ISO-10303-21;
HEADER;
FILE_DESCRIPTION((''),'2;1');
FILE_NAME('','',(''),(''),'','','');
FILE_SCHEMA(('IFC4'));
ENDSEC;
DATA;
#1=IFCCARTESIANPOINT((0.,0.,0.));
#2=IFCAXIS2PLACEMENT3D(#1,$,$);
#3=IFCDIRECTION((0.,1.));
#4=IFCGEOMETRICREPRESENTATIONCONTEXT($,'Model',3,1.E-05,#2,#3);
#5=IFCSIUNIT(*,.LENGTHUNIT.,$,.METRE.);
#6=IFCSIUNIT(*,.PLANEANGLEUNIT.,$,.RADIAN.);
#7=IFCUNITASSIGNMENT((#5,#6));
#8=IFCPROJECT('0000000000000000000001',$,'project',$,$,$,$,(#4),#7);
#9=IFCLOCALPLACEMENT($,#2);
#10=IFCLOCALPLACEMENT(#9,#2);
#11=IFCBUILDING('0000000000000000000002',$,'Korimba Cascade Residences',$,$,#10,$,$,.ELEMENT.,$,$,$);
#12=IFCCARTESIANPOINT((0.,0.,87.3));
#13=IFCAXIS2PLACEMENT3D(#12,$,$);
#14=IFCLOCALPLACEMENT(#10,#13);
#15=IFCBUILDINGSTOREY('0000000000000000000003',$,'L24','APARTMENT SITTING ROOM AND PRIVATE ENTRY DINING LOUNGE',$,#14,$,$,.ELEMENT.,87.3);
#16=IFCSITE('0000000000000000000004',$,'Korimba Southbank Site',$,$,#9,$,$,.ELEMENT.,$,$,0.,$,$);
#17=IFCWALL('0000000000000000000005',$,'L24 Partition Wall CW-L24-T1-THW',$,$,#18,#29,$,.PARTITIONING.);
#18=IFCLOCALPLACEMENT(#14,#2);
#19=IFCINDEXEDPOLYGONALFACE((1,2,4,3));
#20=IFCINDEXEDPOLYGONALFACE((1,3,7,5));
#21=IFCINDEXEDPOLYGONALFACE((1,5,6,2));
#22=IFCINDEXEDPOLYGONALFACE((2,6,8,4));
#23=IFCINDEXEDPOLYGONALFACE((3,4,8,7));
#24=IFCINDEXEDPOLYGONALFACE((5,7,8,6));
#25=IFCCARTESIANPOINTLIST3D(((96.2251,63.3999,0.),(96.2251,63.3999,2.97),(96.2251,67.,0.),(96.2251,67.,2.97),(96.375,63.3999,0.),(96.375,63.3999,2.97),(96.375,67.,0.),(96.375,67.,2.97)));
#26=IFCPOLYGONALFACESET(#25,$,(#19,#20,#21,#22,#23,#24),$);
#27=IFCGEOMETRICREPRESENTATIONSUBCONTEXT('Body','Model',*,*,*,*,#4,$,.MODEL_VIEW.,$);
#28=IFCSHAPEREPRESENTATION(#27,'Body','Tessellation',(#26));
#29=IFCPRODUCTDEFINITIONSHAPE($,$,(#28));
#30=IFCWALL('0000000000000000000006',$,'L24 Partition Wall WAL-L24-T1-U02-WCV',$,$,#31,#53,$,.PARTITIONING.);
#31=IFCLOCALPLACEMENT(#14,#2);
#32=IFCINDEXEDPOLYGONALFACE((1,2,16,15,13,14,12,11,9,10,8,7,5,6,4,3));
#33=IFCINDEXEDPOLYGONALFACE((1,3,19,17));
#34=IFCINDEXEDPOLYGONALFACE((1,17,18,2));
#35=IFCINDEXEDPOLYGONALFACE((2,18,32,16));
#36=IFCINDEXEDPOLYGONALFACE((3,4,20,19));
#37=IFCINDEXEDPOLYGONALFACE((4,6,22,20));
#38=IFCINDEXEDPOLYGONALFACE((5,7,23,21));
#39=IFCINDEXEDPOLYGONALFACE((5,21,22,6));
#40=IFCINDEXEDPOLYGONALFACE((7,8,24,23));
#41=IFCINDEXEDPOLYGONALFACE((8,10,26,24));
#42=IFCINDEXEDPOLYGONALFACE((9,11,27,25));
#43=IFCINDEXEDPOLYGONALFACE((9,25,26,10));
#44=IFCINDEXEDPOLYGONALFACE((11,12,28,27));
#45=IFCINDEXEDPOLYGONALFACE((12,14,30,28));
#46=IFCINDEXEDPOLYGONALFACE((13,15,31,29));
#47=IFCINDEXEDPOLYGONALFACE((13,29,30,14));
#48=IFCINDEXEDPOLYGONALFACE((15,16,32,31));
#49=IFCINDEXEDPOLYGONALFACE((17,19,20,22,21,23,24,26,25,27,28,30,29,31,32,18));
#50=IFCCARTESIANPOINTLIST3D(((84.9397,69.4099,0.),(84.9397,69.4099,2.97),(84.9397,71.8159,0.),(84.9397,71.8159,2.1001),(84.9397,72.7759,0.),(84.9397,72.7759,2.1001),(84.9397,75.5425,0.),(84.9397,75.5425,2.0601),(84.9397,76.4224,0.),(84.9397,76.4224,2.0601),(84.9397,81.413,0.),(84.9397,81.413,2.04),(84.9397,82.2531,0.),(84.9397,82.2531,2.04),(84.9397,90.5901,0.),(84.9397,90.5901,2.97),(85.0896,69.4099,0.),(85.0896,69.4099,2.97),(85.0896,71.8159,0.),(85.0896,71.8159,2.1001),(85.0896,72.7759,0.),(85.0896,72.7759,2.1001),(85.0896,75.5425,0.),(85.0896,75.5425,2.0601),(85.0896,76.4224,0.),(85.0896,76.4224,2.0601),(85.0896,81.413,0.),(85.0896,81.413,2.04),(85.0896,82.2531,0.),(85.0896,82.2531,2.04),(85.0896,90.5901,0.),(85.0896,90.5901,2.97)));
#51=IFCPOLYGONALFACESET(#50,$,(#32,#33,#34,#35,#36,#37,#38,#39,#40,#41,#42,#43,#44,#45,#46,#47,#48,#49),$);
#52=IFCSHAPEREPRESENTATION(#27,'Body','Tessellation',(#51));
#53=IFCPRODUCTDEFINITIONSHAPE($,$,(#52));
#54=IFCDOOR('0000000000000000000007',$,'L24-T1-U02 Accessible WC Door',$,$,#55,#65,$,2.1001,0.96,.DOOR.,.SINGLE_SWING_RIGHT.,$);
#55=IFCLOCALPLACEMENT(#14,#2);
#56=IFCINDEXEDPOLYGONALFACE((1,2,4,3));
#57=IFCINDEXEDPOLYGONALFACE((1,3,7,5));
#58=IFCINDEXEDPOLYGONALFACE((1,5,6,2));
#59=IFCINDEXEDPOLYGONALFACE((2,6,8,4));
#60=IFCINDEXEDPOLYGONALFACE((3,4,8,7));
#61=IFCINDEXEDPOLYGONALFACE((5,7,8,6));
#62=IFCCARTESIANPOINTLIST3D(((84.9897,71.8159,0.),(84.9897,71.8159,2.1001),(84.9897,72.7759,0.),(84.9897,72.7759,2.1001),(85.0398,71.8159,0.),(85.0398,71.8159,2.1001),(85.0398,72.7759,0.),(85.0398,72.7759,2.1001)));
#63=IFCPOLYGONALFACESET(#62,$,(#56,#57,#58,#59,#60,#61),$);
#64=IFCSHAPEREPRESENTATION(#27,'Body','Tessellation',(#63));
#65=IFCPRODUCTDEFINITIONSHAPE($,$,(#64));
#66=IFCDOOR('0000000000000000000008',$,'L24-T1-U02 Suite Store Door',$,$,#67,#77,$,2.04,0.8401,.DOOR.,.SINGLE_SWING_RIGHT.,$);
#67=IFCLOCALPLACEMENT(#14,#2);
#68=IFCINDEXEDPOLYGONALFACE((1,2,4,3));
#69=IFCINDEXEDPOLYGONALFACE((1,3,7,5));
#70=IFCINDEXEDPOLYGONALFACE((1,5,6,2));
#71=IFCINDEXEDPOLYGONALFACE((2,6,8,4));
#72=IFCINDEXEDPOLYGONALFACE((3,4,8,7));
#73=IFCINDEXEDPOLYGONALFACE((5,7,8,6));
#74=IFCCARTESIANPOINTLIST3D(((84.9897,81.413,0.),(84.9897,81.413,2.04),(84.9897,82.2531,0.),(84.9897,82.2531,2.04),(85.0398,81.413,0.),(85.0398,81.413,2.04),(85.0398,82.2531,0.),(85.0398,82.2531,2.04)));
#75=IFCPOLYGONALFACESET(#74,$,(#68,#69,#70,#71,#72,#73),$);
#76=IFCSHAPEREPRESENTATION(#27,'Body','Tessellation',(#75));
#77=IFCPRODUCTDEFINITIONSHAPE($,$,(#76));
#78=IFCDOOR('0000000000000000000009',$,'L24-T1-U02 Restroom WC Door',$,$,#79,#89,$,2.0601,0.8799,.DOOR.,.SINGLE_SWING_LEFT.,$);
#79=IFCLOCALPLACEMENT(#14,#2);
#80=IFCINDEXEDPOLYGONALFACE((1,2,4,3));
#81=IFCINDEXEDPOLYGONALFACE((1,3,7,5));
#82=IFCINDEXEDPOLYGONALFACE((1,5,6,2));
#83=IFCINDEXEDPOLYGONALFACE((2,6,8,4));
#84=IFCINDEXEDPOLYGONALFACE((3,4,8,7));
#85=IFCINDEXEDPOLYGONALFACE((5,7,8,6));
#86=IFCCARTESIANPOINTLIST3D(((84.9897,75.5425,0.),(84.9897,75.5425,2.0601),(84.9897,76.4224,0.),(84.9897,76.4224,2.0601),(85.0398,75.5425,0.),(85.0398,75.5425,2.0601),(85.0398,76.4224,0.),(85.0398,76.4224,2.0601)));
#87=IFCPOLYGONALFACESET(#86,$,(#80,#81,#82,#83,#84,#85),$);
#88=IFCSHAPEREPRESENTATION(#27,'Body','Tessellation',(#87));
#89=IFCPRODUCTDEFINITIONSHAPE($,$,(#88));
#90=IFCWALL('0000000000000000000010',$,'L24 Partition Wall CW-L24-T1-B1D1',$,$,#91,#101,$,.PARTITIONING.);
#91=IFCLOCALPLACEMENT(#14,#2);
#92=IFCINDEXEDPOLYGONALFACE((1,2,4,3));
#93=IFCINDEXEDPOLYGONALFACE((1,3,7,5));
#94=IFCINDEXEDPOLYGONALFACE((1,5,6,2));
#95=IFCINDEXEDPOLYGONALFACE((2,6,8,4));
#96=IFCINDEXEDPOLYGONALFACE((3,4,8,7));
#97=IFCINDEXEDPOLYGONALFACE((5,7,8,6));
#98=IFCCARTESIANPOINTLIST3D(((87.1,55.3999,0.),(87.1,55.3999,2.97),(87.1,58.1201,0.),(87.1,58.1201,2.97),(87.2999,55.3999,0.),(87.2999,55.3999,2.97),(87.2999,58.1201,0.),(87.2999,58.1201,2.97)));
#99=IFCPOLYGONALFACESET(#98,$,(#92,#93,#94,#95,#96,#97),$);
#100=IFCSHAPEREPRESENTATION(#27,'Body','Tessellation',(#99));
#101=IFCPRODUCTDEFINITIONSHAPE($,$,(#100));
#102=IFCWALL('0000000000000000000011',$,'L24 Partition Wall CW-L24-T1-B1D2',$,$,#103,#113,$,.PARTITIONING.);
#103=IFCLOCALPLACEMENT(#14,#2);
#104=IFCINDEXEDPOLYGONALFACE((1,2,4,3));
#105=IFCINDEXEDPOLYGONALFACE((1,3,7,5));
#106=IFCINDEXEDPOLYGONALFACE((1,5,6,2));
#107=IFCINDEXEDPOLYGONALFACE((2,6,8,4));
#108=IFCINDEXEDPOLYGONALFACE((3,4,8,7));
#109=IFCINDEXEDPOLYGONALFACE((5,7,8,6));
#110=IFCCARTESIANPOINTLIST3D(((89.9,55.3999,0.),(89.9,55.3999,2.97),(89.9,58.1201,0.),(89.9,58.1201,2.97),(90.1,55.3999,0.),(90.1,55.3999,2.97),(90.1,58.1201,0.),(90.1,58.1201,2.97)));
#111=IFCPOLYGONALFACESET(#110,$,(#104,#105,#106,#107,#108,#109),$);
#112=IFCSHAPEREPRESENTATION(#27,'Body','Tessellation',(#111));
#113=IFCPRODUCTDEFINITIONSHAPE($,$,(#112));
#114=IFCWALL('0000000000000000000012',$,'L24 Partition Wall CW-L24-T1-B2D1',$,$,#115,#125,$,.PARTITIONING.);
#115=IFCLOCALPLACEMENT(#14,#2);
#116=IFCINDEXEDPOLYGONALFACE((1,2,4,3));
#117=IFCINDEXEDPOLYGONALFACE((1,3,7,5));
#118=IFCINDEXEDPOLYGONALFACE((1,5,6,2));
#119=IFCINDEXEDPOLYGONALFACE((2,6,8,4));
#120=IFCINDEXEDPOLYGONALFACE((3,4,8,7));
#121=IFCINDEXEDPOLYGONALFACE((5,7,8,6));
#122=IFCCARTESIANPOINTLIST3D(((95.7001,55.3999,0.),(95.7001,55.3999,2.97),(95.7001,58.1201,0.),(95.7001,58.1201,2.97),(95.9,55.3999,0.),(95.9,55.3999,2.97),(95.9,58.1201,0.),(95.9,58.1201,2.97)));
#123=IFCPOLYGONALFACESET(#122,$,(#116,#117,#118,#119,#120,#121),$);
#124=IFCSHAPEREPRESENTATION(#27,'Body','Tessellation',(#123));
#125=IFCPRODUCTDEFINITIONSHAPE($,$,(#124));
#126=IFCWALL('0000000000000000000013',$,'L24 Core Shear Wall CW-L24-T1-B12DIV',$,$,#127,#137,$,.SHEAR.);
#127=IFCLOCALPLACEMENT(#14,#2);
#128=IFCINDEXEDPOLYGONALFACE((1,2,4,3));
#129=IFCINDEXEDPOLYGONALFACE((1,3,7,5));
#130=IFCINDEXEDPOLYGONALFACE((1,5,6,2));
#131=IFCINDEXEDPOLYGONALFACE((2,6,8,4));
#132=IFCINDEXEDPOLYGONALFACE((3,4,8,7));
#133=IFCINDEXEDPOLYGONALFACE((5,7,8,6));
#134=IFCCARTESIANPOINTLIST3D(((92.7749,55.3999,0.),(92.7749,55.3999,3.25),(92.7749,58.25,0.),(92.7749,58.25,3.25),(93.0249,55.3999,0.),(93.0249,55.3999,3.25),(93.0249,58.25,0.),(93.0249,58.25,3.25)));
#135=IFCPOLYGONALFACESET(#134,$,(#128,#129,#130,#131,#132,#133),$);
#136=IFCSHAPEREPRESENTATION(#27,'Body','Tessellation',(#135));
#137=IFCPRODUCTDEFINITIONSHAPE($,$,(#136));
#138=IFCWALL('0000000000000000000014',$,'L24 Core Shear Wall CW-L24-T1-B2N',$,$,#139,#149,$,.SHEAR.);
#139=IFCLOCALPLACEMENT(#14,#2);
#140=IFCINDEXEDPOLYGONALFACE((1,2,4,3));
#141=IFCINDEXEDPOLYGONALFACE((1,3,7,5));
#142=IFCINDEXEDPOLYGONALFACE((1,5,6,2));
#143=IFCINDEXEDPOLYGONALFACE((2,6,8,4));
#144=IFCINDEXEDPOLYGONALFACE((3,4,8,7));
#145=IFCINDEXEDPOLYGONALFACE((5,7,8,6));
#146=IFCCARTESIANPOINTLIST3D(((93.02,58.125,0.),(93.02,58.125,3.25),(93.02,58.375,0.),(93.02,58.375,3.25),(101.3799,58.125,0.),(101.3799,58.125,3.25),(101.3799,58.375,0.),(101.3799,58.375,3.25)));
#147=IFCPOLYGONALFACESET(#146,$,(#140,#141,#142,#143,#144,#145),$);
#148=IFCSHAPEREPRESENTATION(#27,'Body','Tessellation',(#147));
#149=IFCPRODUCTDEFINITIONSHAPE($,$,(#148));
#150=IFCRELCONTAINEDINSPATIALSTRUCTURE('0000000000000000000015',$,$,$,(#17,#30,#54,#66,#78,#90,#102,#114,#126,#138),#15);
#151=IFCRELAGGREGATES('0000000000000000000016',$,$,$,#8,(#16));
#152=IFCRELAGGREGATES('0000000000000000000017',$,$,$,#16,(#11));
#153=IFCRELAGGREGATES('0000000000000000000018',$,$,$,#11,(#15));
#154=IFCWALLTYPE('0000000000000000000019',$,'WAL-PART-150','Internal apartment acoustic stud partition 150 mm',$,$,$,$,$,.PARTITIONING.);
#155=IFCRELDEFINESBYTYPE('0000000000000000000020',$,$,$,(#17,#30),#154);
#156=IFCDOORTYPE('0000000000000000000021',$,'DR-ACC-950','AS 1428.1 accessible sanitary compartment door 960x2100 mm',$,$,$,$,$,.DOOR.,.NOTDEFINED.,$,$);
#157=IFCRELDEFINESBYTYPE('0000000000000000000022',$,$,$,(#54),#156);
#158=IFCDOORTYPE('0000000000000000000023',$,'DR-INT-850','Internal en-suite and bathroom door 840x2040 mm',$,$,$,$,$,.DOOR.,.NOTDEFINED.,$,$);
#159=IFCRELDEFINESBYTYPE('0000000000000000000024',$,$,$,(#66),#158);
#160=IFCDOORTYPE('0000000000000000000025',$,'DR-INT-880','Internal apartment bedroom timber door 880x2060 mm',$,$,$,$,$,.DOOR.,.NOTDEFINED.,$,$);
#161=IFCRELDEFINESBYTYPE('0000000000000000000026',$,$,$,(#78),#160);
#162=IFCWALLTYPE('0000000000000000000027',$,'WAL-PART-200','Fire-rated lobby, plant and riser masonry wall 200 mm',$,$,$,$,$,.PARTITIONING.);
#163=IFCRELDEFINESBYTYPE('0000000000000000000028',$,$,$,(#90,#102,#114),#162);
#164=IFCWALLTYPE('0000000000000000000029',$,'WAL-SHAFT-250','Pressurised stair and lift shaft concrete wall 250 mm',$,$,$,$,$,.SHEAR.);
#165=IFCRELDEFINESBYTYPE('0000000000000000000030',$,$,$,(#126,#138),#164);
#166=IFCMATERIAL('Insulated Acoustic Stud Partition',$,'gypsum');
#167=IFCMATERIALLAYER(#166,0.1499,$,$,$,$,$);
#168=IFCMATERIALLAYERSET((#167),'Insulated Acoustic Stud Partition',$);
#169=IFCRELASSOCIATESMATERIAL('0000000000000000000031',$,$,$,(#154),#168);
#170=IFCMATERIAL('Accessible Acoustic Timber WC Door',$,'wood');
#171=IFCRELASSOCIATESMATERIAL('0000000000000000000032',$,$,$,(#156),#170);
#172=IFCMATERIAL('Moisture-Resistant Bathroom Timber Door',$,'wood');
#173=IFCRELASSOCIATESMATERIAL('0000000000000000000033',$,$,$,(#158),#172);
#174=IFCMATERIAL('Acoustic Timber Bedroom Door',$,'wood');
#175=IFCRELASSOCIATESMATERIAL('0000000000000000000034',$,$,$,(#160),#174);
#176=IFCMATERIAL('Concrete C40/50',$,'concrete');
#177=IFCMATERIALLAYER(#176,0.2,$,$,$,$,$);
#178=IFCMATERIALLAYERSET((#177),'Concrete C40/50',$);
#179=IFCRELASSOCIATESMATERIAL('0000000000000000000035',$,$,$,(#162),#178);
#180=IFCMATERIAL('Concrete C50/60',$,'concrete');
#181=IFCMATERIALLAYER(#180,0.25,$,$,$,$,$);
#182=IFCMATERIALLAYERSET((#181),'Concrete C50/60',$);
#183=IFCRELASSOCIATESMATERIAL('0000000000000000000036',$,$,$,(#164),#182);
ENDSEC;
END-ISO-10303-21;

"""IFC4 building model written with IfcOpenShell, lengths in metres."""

from ifc_helpers import new_model, si_unit, direction, frame, frame_2d, origin, place, context, subcontext, project, spatial, rectangle, extrude, material, layer, layer_set, type_object, element, fill, save


model = new_model("IFC4")

# Units and contexts
model_context = context("Model", 3, precision=1e-05, world=origin(), true_north=direction((0.0, 1.0)))
body_context = subcontext(model_context, "Body", "Model", "MODEL_VIEW")
ifc_project = project(units=[si_unit("LENGTHUNIT", "METRE"), si_unit("PLANEANGLEUNIT", "RADIAN")], contexts=[model_context])

# Site, building, storey
site_placement = place(None, origin())
site = spatial("IfcSite", under=ifc_project, at=site_placement, Name="Korimba Southbank Site", CompositionType="ELEMENT", RefElevation=0.0)
building_placement = place(site_placement, origin())
building = spatial("IfcBuilding", under=site, at=building_placement, Name="Korimba Cascade Residences", CompositionType="ELEMENT")
storey_placement = place(building_placement, frame((0.0, 0.0, 87.3)))
storey = spatial("IfcBuildingStorey", under=building, at=storey_placement, Name="L24", Description="APARTMENT SITTING ROOM AND PRIVATE ENTRY DINING LOUNGE", CompositionType="ELEMENT", Elevation=87.3)

# Wall
ifc_material_1 = material(Name="Insulated Acoustic Stud Partition", Category="gypsum")
ifc_layer_1 = layer(ifc_material_1, 0.1499)
ifc_layer_set_1 = layer_set([ifc_layer_1], Name="Insulated Acoustic Stud Partition")
wall_type_1 = type_object("IfcWallType", Name="WAL-PART-150", Description="Internal apartment acoustic stud partition 150 mm", PredefinedType="PARTITIONING", material=ifc_layer_set_1)
for number, where, z_axis, x_axis, name in (
    (1, (96.3, 63.3999, 0.0), (0.0, 0.0, 1.0), (0.0, 1.0, 0.0), "L24 Partition Wall CW-L24-T1-THW"),
):
    element("IfcWall", number, at=place(storey_placement, frame(where, z_axis=z_axis, x_axis=x_axis)), inside=storey, type_object=wall_type_1, Name=name, PredefinedType="PARTITIONING", context=body_context, shape_type="SweptSolid", body=[
        extrude(rectangle(XDim=3.6001, YDim=0.1499, at=frame_2d((1.8, 0.0))), origin(), (0.0, 0.0, 1.0), 2.97),
    ])

# Wall, openings, doors
wall_1_placement = place(storey_placement, frame((85.0146, 69.4099, 0.0), z_axis=(0.0, 0.0, 1.0), x_axis=(0.0, 1.0, 0.0)))
wall_1 = element("IfcWall", 2, at=wall_1_placement, inside=storey, type_object=wall_type_1, Name="L24 Partition Wall WAL-L24-T1-U02-WCV", PredefinedType="PARTITIONING", context=body_context, shape_type="SweptSolid", body=[
    extrude(rectangle(XDim=21.1802, YDim=0.1499, at=frame_2d((10.5901, 0.0))), origin(), (0.0, 0.0, 1.0), 2.97),
])
opening_1_placement = place(wall_1_placement, frame((2.406, 0.0, 0.0)))
opening_1 = element("IfcOpeningElement", 3, at=opening_1_placement, cuts=wall_1, PredefinedType="OPENING", context=body_context, shape_type="SweptSolid", body=[
    extrude(rectangle(XDim=0.96, YDim=2.1001, at=frame_2d((0.48, 1.05))), frame((0.0, 0.085, 0.0), z_axis=(0.0, -1.0, 0.0), x_axis=(1.0, 0.0, 0.0)), (0.0, 0.0, 1.0), 0.1699),
])
opening_2_placement = place(wall_1_placement, frame((6.1326, 0.0, 0.0)))
opening_2 = element("IfcOpeningElement", 4, at=opening_2_placement, cuts=wall_1, PredefinedType="OPENING", context=body_context, shape_type="SweptSolid", body=[
    extrude(rectangle(XDim=0.8799, YDim=2.0601, at=frame_2d((0.4399, 1.03))), frame((0.0, 0.085, 0.0), z_axis=(0.0, -1.0, 0.0), x_axis=(1.0, 0.0, 0.0)), (0.0, 0.0, 1.0), 0.1699),
])
opening_3_placement = place(wall_1_placement, frame((12.0032, 0.0, 0.0)))
opening_3 = element("IfcOpeningElement", 5, at=opening_3_placement, cuts=wall_1, PredefinedType="OPENING", context=body_context, shape_type="SweptSolid", body=[
    extrude(rectangle(XDim=0.8401, YDim=2.04, at=frame_2d((0.4199, 1.02))), frame((0.0, 0.085, 0.0), z_axis=(0.0, -1.0, 0.0), x_axis=(1.0, 0.0, 0.0)), (0.0, 0.0, 1.0), 0.1699),
])
ifc_material_2 = material(Name="Accessible Acoustic Timber WC Door", Category="wood")
door_type_1 = type_object("IfcDoorType", Name="DR-ACC-950", Description="AS 1428.1 accessible sanitary compartment door 960x2100 mm", OperationType="NOTDEFINED", PredefinedType="DOOR", material=ifc_material_2)
door_1_placement = place(opening_1_placement, origin())
door_1 = element("IfcDoor", 6, at=door_1_placement, inside=storey, type_object=door_type_1, Name="L24-T1-U02 Accessible WC Door", OperationType="SINGLE_SWING_RIGHT", OverallHeight=2.1001, OverallWidth=0.96, PredefinedType="DOOR", context=body_context, shape_type="SweptSolid", body=[
    extrude(rectangle(XDim=0.96, YDim=2.1001, at=frame_2d((0.48, 1.05))), frame((0.0, 0.0249, 0.0), z_axis=(0.0, -1.0, 0.0), x_axis=(1.0, 0.0, 0.0)), (0.0, 0.0, 1.0), 0.05),
])
fill(opening_1, door_1)
ifc_material_3 = material(Name="Moisture-Resistant Bathroom Timber Door", Category="wood")
door_type_2 = type_object("IfcDoorType", Name="DR-INT-850", Description="Internal en-suite and bathroom door 840x2040 mm", OperationType="NOTDEFINED", PredefinedType="DOOR", material=ifc_material_3)
door_2_placement = place(opening_3_placement, origin())
door_2 = element("IfcDoor", 7, at=door_2_placement, inside=storey, type_object=door_type_2, Name="L24-T1-U02 Suite Store Door", OperationType="SINGLE_SWING_RIGHT", OverallHeight=2.04, OverallWidth=0.8401, PredefinedType="DOOR", context=body_context, shape_type="SweptSolid", body=[
    extrude(rectangle(XDim=0.8401, YDim=2.04, at=frame_2d((0.4199, 1.02))), frame((0.0, 0.0249, 0.0), z_axis=(0.0, -1.0, 0.0), x_axis=(1.0, 0.0, 0.0)), (0.0, 0.0, 1.0), 0.05),
])
fill(opening_3, door_2)
ifc_material_4 = material(Name="Acoustic Timber Bedroom Door", Category="wood")
door_type_3 = type_object("IfcDoorType", Name="DR-INT-880", Description="Internal apartment bedroom timber door 880x2060 mm", OperationType="NOTDEFINED", PredefinedType="DOOR", material=ifc_material_4)
door_3_placement = place(opening_2_placement, origin())
door_3 = element("IfcDoor", 8, at=door_3_placement, inside=storey, type_object=door_type_3, Name="L24-T1-U02 Restroom WC Door", OperationType="SINGLE_SWING_LEFT", OverallHeight=2.0601, OverallWidth=0.8799, PredefinedType="DOOR", context=body_context, shape_type="SweptSolid", body=[
    extrude(rectangle(XDim=0.8799, YDim=2.0601, at=frame_2d((0.4399, 1.03))), frame((0.0, 0.0249, 0.0), z_axis=(0.0, -1.0, 0.0), x_axis=(1.0, 0.0, 0.0)), (0.0, 0.0, 1.0), 0.05),
])
fill(opening_2, door_3)

# Walls
ifc_material_5 = material(Name="Concrete C40/50", Category="concrete")
ifc_layer_2 = layer(ifc_material_5, 0.2)
ifc_layer_set_2 = layer_set([ifc_layer_2], Name="Concrete C40/50")
wall_type_2 = type_object("IfcWallType", Name="WAL-PART-200", Description="Fire-rated lobby, plant and riser masonry wall 200 mm", PredefinedType="PARTITIONING", material=ifc_layer_set_2)
for number, where, z_axis, x_axis, name in (
    (9, (87.2, 55.3999, 0.0), (0.0, 0.0, 1.0), (0.0, 1.0, 0.0), "L24 Partition Wall CW-L24-T1-B1D1"),
    (10, (90.0, 55.3999, 0.0), (0.0, 0.0, 1.0), (0.0, 1.0, 0.0), "L24 Partition Wall CW-L24-T1-B1D2"),
    (11, (95.8, 55.3999, 0.0), (0.0, 0.0, 1.0), (0.0, 1.0, 0.0), "L24 Partition Wall CW-L24-T1-B2D1"),
):
    element("IfcWall", number, at=place(storey_placement, frame(where, z_axis=z_axis, x_axis=x_axis)), inside=storey, type_object=wall_type_2, Name=name, PredefinedType="PARTITIONING", context=body_context, shape_type="SweptSolid", body=[
        extrude(rectangle(XDim=2.7202, YDim=0.2, at=frame_2d((1.3601, 0.0))), origin(), (0.0, 0.0, 1.0), 2.97),
    ])
ifc_material_6 = material(Name="Concrete C50/60", Category="concrete")
ifc_layer_3 = layer(ifc_material_6, 0.25)
ifc_layer_set_3 = layer_set([ifc_layer_3], Name="Concrete C50/60")
wall_type_3 = type_object("IfcWallType", Name="WAL-SHAFT-250", Description="Pressurised stair and lift shaft concrete wall 250 mm", PredefinedType="SHEAR", material=ifc_layer_set_3)
wall_2_placement = place(storey_placement, frame((92.8999, 55.3999, 0.0), z_axis=(0.0, 0.0, 1.0), x_axis=(0.0, 1.0, 0.0)))
element("IfcWall", 12, at=wall_2_placement, inside=storey, type_object=wall_type_3, Name="L24 Core Shear Wall CW-L24-T1-B12DIV", PredefinedType="SHEAR", context=body_context, shape_type="SweptSolid", body=[
    extrude(rectangle(XDim=2.8501, YDim=0.25, at=frame_2d((1.425, 0.0))), origin(), (0.0, 0.0, 1.0), 3.25),
])
wall_3_placement = place(storey_placement, frame((93.02, 58.25, 0.0), z_axis=(0.0, 0.0, 1.0), x_axis=(1.0, 0.0, 0.0)))
element("IfcWall", 13, at=wall_3_placement, inside=storey, type_object=wall_type_3, Name="L24 Core Shear Wall CW-L24-T1-B2N", PredefinedType="SHEAR", context=body_context, shape_type="SweptSolid", body=[
    extrude(rectangle(XDim=8.3599, YDim=0.25, at=frame_2d((4.1799, 0.0))), origin(), (0.0, 0.0, 1.0), 3.25),
])

save(model, "model.ifc")
